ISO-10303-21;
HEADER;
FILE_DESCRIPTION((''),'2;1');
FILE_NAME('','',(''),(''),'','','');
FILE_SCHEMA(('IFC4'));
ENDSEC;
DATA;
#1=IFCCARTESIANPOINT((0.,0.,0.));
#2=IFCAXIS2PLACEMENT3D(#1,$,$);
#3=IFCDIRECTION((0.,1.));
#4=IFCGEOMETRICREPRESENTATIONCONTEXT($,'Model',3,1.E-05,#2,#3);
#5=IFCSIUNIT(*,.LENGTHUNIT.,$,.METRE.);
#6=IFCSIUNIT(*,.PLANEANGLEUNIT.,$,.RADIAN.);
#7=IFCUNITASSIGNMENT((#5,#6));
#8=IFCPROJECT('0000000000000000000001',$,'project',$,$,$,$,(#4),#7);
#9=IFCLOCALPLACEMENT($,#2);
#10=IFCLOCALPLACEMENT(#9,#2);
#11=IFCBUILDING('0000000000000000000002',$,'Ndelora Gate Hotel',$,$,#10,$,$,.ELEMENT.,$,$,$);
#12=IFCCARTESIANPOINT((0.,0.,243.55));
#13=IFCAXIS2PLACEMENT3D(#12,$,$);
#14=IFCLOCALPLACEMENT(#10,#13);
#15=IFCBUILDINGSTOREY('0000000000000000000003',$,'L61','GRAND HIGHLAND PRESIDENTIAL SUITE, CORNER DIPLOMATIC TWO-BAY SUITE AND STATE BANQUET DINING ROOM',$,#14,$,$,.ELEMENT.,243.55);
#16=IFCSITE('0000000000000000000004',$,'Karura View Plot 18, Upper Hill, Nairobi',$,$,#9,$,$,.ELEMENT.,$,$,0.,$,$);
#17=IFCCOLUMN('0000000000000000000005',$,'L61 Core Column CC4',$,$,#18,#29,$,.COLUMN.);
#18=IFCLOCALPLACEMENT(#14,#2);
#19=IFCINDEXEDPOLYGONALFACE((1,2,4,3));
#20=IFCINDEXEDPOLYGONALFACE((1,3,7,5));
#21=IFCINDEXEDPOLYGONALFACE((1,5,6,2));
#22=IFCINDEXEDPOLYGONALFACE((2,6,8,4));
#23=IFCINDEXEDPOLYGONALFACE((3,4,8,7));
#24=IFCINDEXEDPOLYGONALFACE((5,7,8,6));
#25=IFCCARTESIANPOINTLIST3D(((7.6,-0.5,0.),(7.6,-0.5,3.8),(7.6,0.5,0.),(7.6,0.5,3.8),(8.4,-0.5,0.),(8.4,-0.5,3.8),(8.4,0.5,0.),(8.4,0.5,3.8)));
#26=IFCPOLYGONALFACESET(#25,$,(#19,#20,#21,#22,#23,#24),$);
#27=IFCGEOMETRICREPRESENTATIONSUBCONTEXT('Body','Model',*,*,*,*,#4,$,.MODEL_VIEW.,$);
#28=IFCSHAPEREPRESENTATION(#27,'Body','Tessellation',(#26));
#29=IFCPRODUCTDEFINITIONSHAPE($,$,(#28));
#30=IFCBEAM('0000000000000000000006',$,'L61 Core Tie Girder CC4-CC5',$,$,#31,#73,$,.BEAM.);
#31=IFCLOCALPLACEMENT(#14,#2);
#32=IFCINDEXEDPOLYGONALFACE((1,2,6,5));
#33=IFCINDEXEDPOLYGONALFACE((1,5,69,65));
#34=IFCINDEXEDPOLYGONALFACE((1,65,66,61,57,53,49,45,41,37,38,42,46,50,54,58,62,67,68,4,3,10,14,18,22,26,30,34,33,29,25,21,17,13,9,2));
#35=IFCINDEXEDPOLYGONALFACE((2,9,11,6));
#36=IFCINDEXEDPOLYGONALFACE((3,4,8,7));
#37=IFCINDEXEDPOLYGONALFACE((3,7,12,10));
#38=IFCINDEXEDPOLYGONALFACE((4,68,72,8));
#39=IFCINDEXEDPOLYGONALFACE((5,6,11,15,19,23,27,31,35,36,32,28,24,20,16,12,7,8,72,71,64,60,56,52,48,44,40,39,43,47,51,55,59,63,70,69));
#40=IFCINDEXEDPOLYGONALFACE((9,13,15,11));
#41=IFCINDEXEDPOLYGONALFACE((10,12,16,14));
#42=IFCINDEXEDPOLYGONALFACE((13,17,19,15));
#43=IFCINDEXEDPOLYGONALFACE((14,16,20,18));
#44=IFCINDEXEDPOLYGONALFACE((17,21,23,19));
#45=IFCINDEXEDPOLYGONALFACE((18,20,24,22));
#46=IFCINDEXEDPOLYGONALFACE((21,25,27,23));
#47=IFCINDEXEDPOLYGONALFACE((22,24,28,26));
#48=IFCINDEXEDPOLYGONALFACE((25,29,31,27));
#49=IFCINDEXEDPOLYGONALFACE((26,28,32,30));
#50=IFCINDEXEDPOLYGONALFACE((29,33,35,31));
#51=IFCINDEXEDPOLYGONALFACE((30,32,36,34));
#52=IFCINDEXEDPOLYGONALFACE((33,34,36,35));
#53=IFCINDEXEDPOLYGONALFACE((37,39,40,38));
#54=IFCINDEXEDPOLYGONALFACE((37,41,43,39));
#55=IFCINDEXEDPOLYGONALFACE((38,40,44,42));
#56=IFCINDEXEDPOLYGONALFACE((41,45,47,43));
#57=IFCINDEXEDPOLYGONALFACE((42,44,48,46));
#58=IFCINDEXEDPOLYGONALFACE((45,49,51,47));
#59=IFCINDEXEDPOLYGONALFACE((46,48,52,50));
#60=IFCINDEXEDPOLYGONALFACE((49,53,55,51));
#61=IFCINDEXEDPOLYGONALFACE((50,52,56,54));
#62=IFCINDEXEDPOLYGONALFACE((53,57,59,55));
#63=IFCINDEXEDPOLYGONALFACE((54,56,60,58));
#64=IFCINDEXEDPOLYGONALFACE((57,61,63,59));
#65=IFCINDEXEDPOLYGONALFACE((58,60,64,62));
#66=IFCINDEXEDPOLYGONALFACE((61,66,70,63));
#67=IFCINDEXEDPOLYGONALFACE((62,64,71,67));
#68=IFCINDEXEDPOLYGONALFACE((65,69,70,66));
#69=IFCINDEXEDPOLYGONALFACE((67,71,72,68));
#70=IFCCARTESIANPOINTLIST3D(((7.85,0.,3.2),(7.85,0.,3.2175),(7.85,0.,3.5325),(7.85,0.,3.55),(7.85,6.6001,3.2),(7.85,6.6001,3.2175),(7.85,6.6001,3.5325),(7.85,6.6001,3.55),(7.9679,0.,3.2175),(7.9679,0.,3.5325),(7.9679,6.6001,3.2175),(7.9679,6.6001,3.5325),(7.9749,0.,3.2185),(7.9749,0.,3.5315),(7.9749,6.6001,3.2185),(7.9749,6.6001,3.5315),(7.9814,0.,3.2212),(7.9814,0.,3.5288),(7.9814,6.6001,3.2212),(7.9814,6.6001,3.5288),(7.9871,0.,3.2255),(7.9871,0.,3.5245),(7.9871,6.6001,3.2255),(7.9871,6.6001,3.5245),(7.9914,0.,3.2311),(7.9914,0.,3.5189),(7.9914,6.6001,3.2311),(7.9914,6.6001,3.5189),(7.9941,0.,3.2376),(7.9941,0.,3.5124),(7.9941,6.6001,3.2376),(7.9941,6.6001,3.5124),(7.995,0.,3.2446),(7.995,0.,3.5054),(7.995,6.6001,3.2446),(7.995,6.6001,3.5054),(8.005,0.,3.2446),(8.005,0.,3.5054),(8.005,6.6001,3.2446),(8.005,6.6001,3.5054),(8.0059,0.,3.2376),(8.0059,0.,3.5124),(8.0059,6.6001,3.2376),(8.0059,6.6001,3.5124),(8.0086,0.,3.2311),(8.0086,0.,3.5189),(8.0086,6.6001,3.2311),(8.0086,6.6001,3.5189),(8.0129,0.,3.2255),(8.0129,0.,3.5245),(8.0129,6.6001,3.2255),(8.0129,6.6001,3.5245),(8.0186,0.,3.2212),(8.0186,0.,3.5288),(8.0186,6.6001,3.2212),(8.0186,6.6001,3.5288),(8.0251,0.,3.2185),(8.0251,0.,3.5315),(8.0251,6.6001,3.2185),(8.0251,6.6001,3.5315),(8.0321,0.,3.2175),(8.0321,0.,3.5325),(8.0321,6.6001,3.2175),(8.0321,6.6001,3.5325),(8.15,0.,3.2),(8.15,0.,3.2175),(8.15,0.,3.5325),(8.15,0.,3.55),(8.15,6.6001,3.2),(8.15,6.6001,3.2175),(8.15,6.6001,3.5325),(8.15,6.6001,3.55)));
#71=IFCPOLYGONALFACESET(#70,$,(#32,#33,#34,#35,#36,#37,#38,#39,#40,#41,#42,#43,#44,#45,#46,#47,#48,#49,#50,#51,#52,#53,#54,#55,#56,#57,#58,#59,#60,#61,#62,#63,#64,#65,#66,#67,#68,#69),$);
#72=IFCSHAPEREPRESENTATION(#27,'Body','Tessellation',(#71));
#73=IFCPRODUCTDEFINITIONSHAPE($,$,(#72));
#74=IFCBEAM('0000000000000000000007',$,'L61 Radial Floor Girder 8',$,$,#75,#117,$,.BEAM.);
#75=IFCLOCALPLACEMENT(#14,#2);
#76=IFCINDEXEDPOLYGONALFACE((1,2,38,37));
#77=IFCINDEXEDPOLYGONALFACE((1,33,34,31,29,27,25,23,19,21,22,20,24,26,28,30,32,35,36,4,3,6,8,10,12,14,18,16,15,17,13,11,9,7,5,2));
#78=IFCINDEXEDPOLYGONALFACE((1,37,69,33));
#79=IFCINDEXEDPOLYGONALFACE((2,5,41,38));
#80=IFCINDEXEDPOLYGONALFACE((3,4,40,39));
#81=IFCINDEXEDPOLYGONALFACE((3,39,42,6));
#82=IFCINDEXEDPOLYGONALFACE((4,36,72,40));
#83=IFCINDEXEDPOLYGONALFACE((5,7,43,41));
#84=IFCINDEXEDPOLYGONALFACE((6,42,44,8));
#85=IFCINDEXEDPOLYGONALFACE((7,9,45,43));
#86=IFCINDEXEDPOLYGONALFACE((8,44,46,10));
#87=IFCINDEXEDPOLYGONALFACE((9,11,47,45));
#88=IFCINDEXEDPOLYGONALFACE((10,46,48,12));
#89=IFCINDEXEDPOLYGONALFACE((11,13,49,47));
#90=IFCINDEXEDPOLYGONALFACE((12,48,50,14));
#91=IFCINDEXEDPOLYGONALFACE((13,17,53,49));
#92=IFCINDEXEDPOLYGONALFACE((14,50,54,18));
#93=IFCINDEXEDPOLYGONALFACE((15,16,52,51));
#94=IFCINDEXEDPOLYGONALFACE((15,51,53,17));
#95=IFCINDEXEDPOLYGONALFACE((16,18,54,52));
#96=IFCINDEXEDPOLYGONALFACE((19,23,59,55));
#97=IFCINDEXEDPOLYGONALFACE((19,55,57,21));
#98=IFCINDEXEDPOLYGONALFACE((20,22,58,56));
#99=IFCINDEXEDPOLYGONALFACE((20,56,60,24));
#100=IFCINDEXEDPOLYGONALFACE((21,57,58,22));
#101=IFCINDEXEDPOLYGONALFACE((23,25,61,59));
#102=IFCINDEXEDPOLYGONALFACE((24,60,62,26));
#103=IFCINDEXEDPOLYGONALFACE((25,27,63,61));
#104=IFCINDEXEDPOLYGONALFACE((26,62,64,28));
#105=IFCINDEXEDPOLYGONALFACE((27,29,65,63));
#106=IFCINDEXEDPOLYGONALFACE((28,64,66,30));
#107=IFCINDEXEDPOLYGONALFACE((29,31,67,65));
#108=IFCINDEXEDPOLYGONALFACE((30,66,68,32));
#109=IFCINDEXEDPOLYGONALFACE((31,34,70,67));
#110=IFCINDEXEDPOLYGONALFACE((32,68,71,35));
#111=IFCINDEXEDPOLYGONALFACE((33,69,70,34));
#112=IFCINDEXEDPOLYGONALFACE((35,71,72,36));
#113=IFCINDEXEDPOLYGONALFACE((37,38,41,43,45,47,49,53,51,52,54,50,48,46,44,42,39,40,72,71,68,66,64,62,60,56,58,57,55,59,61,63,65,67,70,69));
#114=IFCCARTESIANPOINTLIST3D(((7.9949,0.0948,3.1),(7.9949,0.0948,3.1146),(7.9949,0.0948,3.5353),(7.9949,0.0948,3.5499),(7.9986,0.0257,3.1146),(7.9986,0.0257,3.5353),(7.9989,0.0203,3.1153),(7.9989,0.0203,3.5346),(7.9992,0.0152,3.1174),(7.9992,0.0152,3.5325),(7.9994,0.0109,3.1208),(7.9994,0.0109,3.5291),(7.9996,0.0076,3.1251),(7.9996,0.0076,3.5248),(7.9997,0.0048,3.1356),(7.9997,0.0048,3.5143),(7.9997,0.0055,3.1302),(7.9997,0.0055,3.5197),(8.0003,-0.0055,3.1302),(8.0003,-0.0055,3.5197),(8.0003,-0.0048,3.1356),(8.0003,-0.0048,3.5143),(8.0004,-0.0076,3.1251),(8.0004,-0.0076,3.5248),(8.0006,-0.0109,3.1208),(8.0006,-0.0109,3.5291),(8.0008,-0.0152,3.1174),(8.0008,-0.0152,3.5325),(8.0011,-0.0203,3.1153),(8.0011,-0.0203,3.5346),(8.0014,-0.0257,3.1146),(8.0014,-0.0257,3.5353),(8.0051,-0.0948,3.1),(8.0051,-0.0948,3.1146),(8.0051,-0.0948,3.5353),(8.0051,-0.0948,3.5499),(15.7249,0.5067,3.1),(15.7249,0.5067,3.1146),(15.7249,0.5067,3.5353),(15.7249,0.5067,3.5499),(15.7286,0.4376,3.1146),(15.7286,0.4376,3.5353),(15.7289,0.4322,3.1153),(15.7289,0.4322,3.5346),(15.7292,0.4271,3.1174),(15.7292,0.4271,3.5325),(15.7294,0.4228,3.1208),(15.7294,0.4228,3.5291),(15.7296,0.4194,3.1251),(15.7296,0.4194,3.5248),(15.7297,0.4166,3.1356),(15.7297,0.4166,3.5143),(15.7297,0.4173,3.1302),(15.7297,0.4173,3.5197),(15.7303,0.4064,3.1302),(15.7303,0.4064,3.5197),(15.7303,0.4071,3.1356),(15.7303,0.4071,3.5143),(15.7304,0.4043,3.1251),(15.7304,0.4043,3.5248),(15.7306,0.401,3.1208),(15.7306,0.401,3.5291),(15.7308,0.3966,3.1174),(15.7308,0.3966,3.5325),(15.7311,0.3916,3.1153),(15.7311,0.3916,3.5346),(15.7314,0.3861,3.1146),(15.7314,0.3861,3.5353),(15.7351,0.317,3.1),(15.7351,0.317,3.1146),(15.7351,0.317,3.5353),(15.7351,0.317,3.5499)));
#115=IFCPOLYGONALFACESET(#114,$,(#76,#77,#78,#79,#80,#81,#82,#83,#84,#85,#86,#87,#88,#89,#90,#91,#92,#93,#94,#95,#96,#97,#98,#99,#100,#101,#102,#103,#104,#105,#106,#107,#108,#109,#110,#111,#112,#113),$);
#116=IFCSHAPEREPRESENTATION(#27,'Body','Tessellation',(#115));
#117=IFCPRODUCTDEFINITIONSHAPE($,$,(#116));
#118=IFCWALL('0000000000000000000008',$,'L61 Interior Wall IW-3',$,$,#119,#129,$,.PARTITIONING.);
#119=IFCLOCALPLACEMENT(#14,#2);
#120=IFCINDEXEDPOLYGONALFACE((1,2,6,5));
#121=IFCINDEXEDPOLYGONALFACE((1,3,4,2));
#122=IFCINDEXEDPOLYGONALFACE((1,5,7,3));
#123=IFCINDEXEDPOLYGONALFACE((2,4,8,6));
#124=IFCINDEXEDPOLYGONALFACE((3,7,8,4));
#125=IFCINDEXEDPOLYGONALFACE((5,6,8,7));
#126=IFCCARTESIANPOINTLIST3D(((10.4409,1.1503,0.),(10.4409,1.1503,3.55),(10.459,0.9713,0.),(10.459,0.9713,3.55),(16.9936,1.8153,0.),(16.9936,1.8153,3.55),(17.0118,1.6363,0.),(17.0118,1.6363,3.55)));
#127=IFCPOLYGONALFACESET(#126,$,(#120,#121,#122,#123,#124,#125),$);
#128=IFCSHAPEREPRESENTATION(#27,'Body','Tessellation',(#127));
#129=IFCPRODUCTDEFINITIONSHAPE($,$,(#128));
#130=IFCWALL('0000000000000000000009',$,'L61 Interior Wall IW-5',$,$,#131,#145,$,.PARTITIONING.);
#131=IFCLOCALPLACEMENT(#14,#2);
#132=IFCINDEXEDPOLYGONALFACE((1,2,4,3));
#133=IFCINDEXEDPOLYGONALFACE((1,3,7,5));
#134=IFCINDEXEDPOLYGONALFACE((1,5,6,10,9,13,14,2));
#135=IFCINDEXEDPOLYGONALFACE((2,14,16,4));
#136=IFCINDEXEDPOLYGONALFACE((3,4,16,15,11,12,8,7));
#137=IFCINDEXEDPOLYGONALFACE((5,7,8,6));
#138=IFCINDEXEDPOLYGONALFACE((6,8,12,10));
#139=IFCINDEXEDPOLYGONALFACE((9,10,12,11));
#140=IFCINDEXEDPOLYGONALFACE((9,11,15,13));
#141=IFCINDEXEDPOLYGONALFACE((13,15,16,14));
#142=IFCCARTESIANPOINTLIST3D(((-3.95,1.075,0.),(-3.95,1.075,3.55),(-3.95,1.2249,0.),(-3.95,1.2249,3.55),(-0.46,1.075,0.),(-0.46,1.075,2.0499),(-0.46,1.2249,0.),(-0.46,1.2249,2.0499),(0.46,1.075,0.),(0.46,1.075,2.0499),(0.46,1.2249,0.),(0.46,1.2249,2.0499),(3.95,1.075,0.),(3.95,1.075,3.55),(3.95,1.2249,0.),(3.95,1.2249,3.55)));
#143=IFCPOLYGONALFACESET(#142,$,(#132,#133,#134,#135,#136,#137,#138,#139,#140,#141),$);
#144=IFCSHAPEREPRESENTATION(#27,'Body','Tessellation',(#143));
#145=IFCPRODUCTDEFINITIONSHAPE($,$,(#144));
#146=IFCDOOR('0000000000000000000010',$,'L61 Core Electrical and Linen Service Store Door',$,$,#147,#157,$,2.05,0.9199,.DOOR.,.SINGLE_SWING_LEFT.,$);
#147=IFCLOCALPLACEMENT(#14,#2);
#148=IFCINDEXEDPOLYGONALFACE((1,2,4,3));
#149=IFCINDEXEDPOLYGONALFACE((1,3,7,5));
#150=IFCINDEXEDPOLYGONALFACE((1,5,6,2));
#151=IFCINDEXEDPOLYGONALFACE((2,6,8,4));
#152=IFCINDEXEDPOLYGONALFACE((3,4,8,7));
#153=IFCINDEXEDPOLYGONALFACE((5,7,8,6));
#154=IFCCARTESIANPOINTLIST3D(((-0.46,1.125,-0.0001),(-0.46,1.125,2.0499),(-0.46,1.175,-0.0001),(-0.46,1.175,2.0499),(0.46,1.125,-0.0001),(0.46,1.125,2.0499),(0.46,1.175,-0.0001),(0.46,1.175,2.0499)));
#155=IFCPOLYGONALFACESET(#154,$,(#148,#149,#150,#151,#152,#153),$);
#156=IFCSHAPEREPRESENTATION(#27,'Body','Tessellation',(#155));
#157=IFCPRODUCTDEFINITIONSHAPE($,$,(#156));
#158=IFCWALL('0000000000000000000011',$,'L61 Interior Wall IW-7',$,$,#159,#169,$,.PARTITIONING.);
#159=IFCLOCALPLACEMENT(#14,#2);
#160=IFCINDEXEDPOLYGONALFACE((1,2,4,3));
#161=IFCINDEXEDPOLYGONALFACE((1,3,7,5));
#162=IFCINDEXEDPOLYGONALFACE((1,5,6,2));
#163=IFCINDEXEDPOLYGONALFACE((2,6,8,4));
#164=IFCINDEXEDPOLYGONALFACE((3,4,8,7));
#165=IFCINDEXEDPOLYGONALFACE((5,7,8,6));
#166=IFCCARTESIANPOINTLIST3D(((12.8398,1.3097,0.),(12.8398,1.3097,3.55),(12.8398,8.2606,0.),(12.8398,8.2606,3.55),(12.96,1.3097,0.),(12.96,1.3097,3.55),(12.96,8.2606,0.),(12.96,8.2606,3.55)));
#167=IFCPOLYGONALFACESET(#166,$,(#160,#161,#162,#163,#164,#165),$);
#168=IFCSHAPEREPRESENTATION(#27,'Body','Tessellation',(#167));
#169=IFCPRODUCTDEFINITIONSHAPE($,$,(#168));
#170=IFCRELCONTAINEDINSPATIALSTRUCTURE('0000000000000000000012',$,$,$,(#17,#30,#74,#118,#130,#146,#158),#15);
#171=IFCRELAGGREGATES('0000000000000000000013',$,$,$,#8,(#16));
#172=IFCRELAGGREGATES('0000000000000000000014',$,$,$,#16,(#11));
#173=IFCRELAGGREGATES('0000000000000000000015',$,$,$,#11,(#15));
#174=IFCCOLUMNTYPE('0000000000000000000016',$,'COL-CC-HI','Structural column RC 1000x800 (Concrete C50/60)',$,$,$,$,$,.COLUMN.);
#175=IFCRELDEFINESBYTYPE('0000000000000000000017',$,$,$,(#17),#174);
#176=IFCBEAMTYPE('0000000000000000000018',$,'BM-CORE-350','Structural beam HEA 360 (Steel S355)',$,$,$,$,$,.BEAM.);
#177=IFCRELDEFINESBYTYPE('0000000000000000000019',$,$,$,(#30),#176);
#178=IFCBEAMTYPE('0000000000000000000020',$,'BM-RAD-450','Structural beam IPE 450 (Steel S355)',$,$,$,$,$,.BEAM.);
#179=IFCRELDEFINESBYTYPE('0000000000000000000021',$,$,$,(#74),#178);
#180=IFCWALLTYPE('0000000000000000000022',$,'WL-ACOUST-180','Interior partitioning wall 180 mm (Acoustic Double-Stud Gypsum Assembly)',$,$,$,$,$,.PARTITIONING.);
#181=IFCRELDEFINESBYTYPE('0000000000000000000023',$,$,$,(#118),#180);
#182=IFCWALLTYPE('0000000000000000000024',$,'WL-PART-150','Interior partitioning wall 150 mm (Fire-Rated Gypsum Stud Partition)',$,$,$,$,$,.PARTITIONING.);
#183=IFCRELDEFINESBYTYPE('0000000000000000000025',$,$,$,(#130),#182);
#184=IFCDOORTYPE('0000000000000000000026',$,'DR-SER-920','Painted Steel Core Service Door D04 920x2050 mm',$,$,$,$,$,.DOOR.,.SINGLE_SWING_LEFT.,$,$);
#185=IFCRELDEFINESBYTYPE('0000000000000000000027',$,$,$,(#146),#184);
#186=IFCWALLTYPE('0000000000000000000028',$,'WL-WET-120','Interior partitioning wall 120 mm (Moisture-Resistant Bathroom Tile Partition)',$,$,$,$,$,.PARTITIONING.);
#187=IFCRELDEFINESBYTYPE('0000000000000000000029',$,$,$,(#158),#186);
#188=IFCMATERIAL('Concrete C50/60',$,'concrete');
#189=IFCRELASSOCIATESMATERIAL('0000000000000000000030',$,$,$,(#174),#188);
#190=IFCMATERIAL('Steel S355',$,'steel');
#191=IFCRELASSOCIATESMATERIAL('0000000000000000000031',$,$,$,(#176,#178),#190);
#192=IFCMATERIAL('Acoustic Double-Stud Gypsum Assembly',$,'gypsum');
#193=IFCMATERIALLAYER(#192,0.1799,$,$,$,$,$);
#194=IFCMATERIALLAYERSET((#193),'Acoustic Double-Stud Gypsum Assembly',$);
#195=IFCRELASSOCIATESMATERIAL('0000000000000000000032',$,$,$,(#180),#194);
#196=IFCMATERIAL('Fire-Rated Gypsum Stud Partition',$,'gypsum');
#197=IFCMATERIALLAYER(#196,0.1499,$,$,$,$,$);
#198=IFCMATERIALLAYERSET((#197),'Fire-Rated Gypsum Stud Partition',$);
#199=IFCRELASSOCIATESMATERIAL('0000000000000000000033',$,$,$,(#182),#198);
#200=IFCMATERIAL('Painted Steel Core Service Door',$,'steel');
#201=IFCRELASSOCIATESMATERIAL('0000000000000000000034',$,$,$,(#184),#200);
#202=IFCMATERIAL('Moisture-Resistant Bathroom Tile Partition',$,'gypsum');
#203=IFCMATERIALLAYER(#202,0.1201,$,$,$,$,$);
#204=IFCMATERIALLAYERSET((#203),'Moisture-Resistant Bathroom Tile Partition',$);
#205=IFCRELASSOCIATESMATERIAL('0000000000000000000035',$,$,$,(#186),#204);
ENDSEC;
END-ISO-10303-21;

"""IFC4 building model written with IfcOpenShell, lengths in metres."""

from ifc_helpers import new_model, si_unit, direction, frame, frame_2d, origin, origin_2d, place, context, subcontext, project, spatial, rectangle, i_section, extrude, material, layer, layer_set, material_profile, profile_set, type_object, element, fill, save


model = new_model("IFC4")

# Units and contexts
model_context = context("Model", 3, precision=1e-05, world=origin(), true_north=direction((0.0, 1.0)))
body_context = subcontext(model_context, "Body", "Model", "MODEL_VIEW")
ifc_project = project(units=[si_unit("LENGTHUNIT", "METRE"), si_unit("PLANEANGLEUNIT", "RADIAN")], contexts=[model_context])

# Site, building, storey
site_placement = place(None, origin())
site = spatial("IfcSite", under=ifc_project, at=site_placement, Name="Karura View Plot 18, Upper Hill, Nairobi", CompositionType="ELEMENT", RefElevation=0.0)
building_placement = place(site_placement, origin())
building = spatial("IfcBuilding", under=site, at=building_placement, Name="Ndelora Gate Hotel", CompositionType="ELEMENT")
storey_placement = place(building_placement, frame((0.0, 0.0, 243.55)))
storey = spatial("IfcBuildingStorey", under=building, at=storey_placement, Name="L61", Description="GRAND HIGHLAND PRESIDENTIAL SUITE, CORNER DIPLOMATIC TWO-BAY SUITE AND STATE BANQUET DINING ROOM", CompositionType="ELEMENT", Elevation=243.55)

# Column
ifc_material_1 = material(Name="Concrete C50/60", Category="concrete")
ifc_material_profile_1 = material_profile(ifc_material_1, rectangle(XDim=0.8, YDim=1.0, at=origin_2d()), Name="RC 1000x800")
ifc_profile_set_1 = profile_set([ifc_material_profile_1], Name="Concrete C50/60")
column_type = type_object("IfcColumnType", Name="COL-CC-HI", Description="Structural column RC 1000x800 (Concrete C50/60)", PredefinedType="COLUMN", material=ifc_profile_set_1)
column_placement = place(storey_placement, frame((8.0, 0.0, 0.0), z_axis=(0.0, 0.0, 1.0), x_axis=(1.0, 0.0, 0.0)))
element("IfcColumn", 1, at=column_placement, inside=storey, type_object=column_type, Name="L61 Core Column CC4", PredefinedType="COLUMN", context=body_context, shape_type="SweptSolid", body=[
    extrude(rectangle(XDim=0.8, YDim=1.0, at=origin_2d()), origin(), (0.0, 0.0, 1.0), 3.8),
])

# Beams
ifc_material_2 = material(Name="Steel S355", Category="steel")
ifc_material_profile_2 = material_profile(ifc_material_2, i_section(OverallWidth=0.3, OverallDepth=0.3501, WebThickness=0.01, FlangeThickness=0.0176, FilletRadius=0.0271, at=origin_2d()), Name="HEA 360")
ifc_profile_set_2 = profile_set([ifc_material_profile_2], Name="Steel S355")
beam_type_1 = type_object("IfcBeamType", Name="BM-CORE-350", Description="Structural beam HEA 360 (Steel S355)", PredefinedType="BEAM", material=ifc_profile_set_2)
beam_1_placement = place(storey_placement, frame((8.0, 0.0, 3.375), z_axis=(0.0, 1.0, 0.0), x_axis=(-1.0, 0.0, 0.0)))
element("IfcBeam", 2, at=beam_1_placement, inside=storey, type_object=beam_type_1, Name="L61 Core Tie Girder CC4-CC5", PredefinedType="BEAM", context=body_context, shape_type="SweptSolid", body=[
    extrude(i_section(OverallWidth=0.3, OverallDepth=0.3501, WebThickness=0.01, FlangeThickness=0.0176, FilletRadius=0.0271, at=origin_2d()), origin(), (0.0, 0.0, 1.0), 6.6001),
])
ifc_material_profile_3 = material_profile(ifc_material_2, i_section(OverallWidth=0.1899, OverallDepth=0.45, WebThickness=0.0095, FlangeThickness=0.0146, FilletRadius=0.021, at=origin_2d()), Name="IPE 450")
ifc_profile_set_3 = profile_set([ifc_material_profile_3], Name="Steel S355")
beam_type_2 = type_object("IfcBeamType", Name="BM-RAD-450", Description="Structural beam IPE 450 (Steel S355)", PredefinedType="BEAM", material=ifc_profile_set_3)
beam_2_placement = place(storey_placement, frame((8.0, 0.0, 3.325), z_axis=(0.998584, 0.053206, 0.0), x_axis=(-0.053206, 0.998584, 0.0)))
element("IfcBeam", 3, at=beam_2_placement, inside=storey, type_object=beam_type_2, Name="L61 Radial Floor Girder 8", PredefinedType="BEAM", context=body_context, shape_type="SweptSolid", body=[
    extrude(i_section(OverallWidth=0.1899, OverallDepth=0.45, WebThickness=0.0095, FlangeThickness=0.0146, FilletRadius=0.021, at=origin_2d()), origin(), (0.0, 0.0, 1.0), 7.741),
])

# Wall
ifc_material_3 = material(Name="Acoustic Double-Stud Gypsum Assembly", Category="gypsum")
ifc_layer_1 = layer(ifc_material_3, 0.1799)
ifc_layer_set_1 = layer_set([ifc_layer_1], Name="Acoustic Double-Stud Gypsum Assembly")
wall_type_1 = type_object("IfcWallType", Name="WL-ACOUST-180", Description="Interior partitioning wall 180 mm (Acoustic Double-Stud Gypsum Assembly)", PredefinedType="PARTITIONING", material=ifc_layer_set_1)
wall_1_placement = place(storey_placement, frame((10.45, 1.0608, 0.0), z_axis=(0.0, 0.0, 1.0), x_axis=(0.994889, 0.100972, 0.0)))
element("IfcWall", 4, at=wall_1_placement, inside=storey, type_object=wall_type_1, Name="L61 Interior Wall IW-3", PredefinedType="PARTITIONING", context=body_context, shape_type="SweptSolid", body=[
    extrude(rectangle(XDim=6.5864, YDim=0.1799, at=frame_2d((3.2932, 0.0))), origin(), (0.0, 0.0, 1.0), 3.55),
])

# Wall, opening, door
ifc_material_4 = material(Name="Fire-Rated Gypsum Stud Partition", Category="gypsum")
ifc_layer_2 = layer(ifc_material_4, 0.1499)
ifc_layer_set_2 = layer_set([ifc_layer_2], Name="Fire-Rated Gypsum Stud Partition")
wall_type_2 = type_object("IfcWallType", Name="WL-PART-150", Description="Interior partitioning wall 150 mm (Fire-Rated Gypsum Stud Partition)", PredefinedType="PARTITIONING", material=ifc_layer_set_2)
wall_2_placement = place(storey_placement, frame((3.95, 1.1499, 0.0), z_axis=(0.0, 0.0, 1.0), x_axis=(-1.0, 0.0, 0.0)))
wall_2 = element("IfcWall", 5, at=wall_2_placement, inside=storey, type_object=wall_type_2, Name="L61 Interior Wall IW-5", PredefinedType="PARTITIONING", context=body_context, shape_type="SweptSolid", body=[
    extrude(rectangle(XDim=7.8999, YDim=0.1499, at=frame_2d((3.95, 0.0))), origin(), (0.0, 0.0, 1.0), 3.55),
])
opening_1_placement = place(wall_2_placement, frame((3.49, 0.0, 0.0)))
opening_1 = element("IfcOpeningElement", 6, at=opening_1_placement, cuts=wall_2, PredefinedType="OPENING", context=body_context, shape_type="SweptSolid", body=[
    extrude(rectangle(XDim=0.9199, YDim=2.05, at=frame_2d((0.46, 1.0249))), frame((0.0, 0.085, 0.0), z_axis=(0.0, -1.0, 0.0), x_axis=(1.0, 0.0, 0.0)), (0.0, 0.0, 1.0), 0.1699),
])
ifc_material_5 = material(Name="Painted Steel Core Service Door", Category="steel")
door_type_1 = type_object("IfcDoorType", Name="DR-SER-920", Description="Painted Steel Core Service Door D04 920x2050 mm", OperationType="SINGLE_SWING_LEFT", PredefinedType="DOOR", material=ifc_material_5)
door_1_placement = place(opening_1_placement, origin())
door_1 = element("IfcDoor", 7, at=door_1_placement, inside=storey, type_object=door_type_1, Name="L61 Core Electrical and Linen Service Store Door", OperationType="SINGLE_SWING_LEFT", OverallHeight=2.05, OverallWidth=0.9199, PredefinedType="DOOR", context=body_context, shape_type="SweptSolid", body=[
    extrude(rectangle(XDim=0.9199, YDim=2.05, at=frame_2d((0.46, 1.0249))), frame((0.0, 0.0249, 0.0), z_axis=(0.0, -1.0, 0.0), x_axis=(1.0, 0.0, 0.0)), (0.0, 0.0, 1.0), 0.05),
])
fill(opening_1, door_1)

# Wall
ifc_material_6 = material(Name="Moisture-Resistant Bathroom Tile Partition", Category="gypsum")
ifc_layer_3 = layer(ifc_material_6, 0.1201)
ifc_layer_set_3 = layer_set([ifc_layer_3], Name="Moisture-Resistant Bathroom Tile Partition")
wall_type_3 = type_object("IfcWallType", Name="WL-WET-120", Description="Interior partitioning wall 120 mm (Moisture-Resistant Bathroom Tile Partition)", PredefinedType="PARTITIONING", material=ifc_layer_set_3)
wall_3_placement = place(storey_placement, frame((12.8999, 1.3096, 0.0), z_axis=(0.0, 0.0, 1.0), x_axis=(0.0, 1.0, 0.0)))
element("IfcWall", 8, at=wall_3_placement, inside=storey, type_object=wall_type_3, Name="L61 Interior Wall IW-7", PredefinedType="PARTITIONING", context=body_context, shape_type="SweptSolid", body=[
    extrude(rectangle(XDim=6.9509, YDim=0.1201, at=frame_2d((3.4756, 0.0))), origin(), (0.0, 0.0, 1.0), 3.55),
])

save(model, "model.ifc")
